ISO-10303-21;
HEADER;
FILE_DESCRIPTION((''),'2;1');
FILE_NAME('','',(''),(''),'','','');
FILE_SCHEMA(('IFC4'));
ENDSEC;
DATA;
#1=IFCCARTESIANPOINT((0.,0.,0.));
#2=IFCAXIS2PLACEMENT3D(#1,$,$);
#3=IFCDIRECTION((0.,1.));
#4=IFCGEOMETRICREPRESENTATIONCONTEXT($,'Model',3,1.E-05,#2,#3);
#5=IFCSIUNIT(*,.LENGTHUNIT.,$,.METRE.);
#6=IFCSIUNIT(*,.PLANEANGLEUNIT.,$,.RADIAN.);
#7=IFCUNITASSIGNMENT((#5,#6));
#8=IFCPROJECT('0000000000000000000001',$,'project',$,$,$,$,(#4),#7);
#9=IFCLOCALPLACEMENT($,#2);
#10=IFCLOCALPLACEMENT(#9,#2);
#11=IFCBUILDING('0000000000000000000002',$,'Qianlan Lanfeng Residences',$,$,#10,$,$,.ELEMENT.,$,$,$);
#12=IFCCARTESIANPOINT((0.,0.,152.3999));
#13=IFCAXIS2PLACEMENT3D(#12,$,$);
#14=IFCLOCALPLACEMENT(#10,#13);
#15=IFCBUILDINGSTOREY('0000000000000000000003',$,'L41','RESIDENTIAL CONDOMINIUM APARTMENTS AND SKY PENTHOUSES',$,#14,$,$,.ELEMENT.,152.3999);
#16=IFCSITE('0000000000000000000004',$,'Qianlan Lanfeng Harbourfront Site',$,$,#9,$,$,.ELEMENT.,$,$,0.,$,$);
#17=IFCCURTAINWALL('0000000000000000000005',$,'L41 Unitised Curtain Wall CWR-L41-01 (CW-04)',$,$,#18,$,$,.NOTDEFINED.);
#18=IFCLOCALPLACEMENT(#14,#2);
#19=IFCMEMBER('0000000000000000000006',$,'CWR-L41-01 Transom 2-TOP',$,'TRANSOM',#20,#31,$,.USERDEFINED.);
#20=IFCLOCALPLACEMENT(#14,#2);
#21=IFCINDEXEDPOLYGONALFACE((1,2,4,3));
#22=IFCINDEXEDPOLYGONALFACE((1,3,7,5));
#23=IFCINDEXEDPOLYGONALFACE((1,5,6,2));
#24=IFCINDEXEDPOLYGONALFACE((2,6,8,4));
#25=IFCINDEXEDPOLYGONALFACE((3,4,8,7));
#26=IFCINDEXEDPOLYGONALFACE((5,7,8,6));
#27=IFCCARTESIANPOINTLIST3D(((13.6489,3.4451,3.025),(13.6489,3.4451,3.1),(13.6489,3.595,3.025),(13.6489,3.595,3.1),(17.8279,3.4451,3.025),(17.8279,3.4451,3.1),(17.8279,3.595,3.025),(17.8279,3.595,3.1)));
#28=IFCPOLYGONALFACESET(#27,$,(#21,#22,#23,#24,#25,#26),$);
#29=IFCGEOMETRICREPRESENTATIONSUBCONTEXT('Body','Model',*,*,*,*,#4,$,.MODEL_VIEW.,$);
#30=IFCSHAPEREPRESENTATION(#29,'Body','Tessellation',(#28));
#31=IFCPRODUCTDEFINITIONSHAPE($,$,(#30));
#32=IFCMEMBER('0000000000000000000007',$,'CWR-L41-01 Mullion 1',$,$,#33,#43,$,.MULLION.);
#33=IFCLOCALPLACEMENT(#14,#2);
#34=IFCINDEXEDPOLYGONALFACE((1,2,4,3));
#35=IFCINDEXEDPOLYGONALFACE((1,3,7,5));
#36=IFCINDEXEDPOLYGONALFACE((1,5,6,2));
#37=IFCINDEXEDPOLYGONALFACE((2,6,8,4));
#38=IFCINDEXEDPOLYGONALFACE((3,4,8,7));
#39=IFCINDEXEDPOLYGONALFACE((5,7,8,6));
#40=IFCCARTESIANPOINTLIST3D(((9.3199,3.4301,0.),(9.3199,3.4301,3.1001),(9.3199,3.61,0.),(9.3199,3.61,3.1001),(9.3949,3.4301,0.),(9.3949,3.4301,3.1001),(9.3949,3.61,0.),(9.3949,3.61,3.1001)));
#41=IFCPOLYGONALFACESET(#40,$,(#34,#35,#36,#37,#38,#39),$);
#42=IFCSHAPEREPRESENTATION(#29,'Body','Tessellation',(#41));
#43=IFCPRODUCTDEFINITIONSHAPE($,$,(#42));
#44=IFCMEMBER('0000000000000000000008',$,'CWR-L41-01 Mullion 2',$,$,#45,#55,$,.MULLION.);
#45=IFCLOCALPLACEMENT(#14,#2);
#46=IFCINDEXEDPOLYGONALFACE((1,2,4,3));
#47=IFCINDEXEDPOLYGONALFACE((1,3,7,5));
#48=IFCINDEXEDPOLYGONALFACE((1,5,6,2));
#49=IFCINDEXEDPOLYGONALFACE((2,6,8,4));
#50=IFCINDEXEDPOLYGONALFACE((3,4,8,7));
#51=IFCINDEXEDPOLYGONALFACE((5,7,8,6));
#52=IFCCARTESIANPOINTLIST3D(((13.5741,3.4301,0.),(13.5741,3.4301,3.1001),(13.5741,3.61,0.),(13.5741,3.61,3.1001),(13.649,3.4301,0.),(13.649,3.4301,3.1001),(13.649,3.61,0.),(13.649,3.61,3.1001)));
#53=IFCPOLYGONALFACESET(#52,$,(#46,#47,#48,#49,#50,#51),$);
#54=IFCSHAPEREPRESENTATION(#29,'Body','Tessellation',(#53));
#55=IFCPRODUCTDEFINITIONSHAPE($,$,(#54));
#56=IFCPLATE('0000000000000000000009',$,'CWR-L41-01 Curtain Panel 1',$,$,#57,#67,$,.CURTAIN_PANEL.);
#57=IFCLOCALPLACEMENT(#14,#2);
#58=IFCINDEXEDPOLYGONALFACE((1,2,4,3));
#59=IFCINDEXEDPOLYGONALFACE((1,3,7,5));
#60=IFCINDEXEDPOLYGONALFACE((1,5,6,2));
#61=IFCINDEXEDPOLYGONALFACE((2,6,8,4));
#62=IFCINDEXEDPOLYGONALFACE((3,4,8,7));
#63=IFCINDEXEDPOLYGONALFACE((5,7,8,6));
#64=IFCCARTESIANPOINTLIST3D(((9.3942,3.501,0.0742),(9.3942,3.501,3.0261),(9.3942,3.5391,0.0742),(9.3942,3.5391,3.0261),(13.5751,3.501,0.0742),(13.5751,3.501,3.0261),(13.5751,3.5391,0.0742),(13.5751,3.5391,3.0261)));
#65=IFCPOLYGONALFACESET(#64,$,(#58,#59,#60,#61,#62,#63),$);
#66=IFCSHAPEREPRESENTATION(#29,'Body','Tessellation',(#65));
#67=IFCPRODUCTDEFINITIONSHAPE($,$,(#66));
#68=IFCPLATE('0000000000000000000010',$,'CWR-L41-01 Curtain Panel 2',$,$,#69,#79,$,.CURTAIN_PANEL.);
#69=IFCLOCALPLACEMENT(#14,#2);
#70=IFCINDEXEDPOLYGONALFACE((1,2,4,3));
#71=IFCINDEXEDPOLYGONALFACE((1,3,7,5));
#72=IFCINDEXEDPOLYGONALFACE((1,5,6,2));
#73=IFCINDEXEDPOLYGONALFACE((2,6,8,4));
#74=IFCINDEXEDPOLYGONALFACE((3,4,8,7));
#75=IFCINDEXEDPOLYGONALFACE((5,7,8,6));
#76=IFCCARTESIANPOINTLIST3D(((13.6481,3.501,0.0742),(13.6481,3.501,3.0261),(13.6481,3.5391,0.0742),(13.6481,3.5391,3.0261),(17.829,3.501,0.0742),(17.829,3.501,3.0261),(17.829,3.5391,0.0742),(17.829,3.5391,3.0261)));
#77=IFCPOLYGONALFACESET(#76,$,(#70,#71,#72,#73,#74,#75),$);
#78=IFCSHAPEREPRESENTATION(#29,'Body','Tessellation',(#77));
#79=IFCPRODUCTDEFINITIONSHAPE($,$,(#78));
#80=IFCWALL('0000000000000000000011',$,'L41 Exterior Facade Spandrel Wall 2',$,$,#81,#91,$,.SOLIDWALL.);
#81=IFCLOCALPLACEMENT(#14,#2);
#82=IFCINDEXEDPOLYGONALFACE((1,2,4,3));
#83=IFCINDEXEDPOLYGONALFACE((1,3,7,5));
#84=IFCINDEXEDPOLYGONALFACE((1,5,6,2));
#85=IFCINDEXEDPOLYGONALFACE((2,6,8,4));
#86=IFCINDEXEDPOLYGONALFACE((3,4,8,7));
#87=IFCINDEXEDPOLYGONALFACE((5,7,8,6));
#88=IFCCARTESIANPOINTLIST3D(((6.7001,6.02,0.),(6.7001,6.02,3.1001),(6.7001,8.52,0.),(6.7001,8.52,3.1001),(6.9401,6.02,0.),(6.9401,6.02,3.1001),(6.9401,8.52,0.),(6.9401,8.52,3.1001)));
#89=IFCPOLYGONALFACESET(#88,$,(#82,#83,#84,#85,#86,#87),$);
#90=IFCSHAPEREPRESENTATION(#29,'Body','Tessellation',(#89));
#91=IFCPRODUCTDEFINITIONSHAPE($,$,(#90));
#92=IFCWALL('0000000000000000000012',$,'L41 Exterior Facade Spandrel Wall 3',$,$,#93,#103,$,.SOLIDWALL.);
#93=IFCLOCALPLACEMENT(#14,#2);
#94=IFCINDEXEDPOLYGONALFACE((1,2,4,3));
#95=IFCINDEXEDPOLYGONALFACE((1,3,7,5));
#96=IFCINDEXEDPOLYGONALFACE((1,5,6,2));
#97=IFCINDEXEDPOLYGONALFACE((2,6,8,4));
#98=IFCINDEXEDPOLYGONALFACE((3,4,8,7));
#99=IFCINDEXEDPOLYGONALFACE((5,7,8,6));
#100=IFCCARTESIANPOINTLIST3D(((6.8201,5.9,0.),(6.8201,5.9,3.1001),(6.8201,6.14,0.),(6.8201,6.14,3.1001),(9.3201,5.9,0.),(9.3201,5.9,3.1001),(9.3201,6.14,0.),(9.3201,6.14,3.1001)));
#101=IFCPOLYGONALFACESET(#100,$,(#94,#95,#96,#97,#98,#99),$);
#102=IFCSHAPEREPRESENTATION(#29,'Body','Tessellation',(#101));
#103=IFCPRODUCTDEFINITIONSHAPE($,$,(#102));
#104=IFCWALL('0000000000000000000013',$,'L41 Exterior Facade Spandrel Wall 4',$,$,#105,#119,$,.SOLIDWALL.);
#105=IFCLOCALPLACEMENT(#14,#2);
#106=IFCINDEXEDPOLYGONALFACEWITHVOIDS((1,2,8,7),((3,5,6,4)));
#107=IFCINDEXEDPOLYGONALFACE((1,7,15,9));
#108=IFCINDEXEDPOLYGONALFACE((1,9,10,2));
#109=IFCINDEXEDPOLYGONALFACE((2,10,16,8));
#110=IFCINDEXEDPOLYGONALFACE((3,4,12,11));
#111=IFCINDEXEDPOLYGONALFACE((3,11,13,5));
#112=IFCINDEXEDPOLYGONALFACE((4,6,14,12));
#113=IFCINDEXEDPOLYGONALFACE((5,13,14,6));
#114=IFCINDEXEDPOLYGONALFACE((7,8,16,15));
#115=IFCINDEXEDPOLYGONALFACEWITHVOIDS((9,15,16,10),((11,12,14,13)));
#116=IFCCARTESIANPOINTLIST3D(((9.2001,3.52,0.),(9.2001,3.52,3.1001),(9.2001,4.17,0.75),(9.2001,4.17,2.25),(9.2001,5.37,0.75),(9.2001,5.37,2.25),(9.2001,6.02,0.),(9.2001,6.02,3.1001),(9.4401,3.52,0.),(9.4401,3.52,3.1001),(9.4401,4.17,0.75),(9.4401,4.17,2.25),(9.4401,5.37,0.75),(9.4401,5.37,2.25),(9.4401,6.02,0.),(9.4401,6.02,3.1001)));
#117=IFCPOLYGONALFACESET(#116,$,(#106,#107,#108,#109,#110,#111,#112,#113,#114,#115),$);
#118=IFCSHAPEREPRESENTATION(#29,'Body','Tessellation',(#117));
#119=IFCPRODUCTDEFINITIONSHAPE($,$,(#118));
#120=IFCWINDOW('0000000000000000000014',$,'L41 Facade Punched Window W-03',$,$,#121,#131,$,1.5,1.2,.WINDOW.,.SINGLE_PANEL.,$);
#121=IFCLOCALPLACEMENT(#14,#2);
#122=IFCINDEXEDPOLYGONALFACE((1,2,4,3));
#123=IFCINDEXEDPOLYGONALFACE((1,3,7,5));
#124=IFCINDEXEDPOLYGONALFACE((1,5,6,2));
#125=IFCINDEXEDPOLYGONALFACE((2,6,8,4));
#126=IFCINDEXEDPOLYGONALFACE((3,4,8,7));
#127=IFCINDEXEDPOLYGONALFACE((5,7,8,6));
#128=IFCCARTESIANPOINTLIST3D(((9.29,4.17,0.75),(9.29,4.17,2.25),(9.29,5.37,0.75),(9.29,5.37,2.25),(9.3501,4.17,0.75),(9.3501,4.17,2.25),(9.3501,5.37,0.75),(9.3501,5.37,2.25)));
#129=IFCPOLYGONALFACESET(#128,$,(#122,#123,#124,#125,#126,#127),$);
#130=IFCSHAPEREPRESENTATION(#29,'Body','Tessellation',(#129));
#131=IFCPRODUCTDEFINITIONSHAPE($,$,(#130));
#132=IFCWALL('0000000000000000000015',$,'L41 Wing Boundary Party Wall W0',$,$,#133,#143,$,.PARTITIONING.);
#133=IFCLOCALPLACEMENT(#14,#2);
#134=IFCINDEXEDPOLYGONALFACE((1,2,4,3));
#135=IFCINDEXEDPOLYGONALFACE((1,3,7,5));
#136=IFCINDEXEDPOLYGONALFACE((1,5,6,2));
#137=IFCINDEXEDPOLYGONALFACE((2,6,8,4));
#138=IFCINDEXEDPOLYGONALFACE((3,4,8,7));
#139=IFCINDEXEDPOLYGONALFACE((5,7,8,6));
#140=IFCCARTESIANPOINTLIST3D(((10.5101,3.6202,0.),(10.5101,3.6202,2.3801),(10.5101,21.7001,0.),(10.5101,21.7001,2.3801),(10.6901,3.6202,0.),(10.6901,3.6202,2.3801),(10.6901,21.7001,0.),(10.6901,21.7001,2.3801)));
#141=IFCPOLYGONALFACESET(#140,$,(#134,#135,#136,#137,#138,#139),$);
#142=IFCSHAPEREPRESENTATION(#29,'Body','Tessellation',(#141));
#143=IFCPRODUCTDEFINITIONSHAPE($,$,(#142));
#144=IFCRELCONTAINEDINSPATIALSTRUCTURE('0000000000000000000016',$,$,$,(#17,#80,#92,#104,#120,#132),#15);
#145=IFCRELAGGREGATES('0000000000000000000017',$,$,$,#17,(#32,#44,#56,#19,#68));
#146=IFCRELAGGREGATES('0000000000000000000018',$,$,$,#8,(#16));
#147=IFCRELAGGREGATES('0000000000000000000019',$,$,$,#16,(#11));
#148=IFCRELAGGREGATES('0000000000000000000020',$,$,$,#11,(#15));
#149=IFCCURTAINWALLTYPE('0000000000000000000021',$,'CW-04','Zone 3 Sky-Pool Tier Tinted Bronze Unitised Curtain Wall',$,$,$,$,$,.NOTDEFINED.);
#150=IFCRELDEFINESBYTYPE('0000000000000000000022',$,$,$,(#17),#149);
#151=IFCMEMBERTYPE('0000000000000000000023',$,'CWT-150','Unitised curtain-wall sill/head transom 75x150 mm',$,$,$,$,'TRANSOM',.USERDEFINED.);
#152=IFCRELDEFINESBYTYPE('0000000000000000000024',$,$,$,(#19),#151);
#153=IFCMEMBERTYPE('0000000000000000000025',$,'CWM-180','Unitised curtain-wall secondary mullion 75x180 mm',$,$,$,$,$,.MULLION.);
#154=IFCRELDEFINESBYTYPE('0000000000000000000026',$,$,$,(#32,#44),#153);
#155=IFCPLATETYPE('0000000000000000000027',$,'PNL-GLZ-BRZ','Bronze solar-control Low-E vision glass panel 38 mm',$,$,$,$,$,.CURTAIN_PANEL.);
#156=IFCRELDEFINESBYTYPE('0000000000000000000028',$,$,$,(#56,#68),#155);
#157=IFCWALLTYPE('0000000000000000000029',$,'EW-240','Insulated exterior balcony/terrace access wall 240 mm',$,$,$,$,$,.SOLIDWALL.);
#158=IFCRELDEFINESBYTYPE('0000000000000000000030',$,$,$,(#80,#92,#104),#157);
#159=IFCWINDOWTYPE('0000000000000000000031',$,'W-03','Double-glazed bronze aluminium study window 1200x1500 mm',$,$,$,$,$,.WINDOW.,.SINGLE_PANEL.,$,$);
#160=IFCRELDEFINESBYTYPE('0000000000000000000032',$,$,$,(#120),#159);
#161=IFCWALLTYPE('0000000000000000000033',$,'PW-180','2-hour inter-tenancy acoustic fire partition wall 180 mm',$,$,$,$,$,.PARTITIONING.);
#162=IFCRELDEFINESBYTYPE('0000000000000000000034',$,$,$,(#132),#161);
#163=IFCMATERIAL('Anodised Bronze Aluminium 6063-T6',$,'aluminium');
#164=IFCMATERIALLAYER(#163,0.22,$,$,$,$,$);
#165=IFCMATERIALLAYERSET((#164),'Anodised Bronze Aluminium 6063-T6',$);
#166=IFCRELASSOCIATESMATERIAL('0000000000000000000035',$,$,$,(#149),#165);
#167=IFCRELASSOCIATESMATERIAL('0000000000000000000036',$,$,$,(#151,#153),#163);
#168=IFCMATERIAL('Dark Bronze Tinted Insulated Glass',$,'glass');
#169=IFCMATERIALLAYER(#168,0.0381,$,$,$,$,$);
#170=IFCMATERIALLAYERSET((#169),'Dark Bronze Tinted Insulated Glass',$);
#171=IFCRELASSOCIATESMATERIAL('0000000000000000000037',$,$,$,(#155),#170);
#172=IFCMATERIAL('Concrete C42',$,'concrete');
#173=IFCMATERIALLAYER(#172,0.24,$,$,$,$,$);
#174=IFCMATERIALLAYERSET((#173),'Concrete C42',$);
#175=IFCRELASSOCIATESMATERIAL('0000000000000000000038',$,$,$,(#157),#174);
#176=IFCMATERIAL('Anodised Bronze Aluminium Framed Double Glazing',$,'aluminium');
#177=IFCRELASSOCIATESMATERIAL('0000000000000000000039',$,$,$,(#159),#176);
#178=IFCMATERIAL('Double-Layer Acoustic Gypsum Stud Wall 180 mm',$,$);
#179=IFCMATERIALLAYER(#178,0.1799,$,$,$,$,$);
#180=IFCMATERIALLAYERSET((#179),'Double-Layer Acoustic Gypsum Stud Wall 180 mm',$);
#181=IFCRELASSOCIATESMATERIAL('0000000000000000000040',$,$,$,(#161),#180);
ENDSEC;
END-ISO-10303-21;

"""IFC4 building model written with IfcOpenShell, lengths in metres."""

from ifc_helpers import new_model, si_unit, direction, frame, frame_2d, origin, origin_2d, place, context, subcontext, project, spatial, rectangle, extrude, source, transform, mapped, material, layer, layer_set, material_profile, profile_set, type_object, element, fill, aggregate, save


model = new_model("IFC4")

# Units and contexts
model_context = context("Model", 3, precision=1e-05, world=origin(), true_north=direction((0.0, 1.0)))
body_context = subcontext(model_context, "Body", "Model", "MODEL_VIEW")
ifc_project = project(units=[si_unit("LENGTHUNIT", "METRE"), si_unit("PLANEANGLEUNIT", "RADIAN")], contexts=[model_context])

# Site, building, storey
site_placement = place(None, origin())
site = spatial("IfcSite", under=ifc_project, at=site_placement, Name="Qianlan Lanfeng Harbourfront Site", CompositionType="ELEMENT", RefElevation=0.0)
building_placement = place(site_placement, origin())
building = spatial("IfcBuilding", under=site, at=building_placement, Name="Qianlan Lanfeng Residences", CompositionType="ELEMENT")
storey_placement = place(building_placement, frame((0.0, 0.0, 152.3999)))
storey = spatial("IfcBuildingStorey", under=building, at=storey_placement, Name="L41", Description="RESIDENTIAL CONDOMINIUM APARTMENTS AND SKY PENTHOUSES", CompositionType="ELEMENT", Elevation=152.3999)

# Curtain wall, members, plates
ifc_material_1 = material(Name="Anodised Bronze Aluminium 6063-T6", Category="aluminium")
ifc_layer_1 = layer(ifc_material_1, 0.22)
ifc_layer_set_1 = layer_set([ifc_layer_1], Name="Anodised Bronze Aluminium 6063-T6")
curtain_wall_type = type_object("IfcCurtainWallType", Name="CW-04", Description="Zone 3 Sky-Pool Tier Tinted Bronze Unitised Curtain Wall", PredefinedType="NOTDEFINED", material=ifc_layer_set_1)
curtain_wall_placement = place(storey_placement, origin())
curtain_wall = element("IfcCurtainWall", 1, at=curtain_wall_placement, inside=storey, type_object=curtain_wall_type, Name="L41 Unitised Curtain Wall CWR-L41-01 (CW-04)", PredefinedType="NOTDEFINED")
ifc_material_profile_1 = material_profile(ifc_material_1, rectangle(XDim=0.075, YDim=0.1499, at=origin_2d()), Name="ALU TRANSOM 75x150")
ifc_profile_set_1 = profile_set([ifc_material_profile_1], Name="Anodised Bronze Aluminium 6063-T6")
member_type_1 = type_object("IfcMemberType", Name="CWT-150", Description="Unitised curtain-wall sill/head transom 75x150 mm", ElementType="TRANSOM", PredefinedType="USERDEFINED", material=ifc_profile_set_1)
shared_shape_1 = source(origin(), body_context, "Body", "SweptSolid", [
    extrude(rectangle(XDim=0.075, YDim=0.1499, at=origin_2d()), origin(), (0.0, 0.0, 1.0), 4.179),
])
member_1_placement = place(storey_placement, frame((13.6489, 3.52, 3.0625), z_axis=(1.0, 0.0, 0.0), x_axis=(0.0, 0.0, 1.0)))
member_1 = element("IfcMember", 2, at=member_1_placement, type_object=member_type_1, Name="CWR-L41-01 Transom 2-TOP", ObjectType="TRANSOM", PredefinedType="USERDEFINED", context=body_context, shape_type="MappedRepresentation", body=[
    mapped(shared_shape_1, transform((0.0, 0.0, 0.0), scale=1.0)),
])
ifc_material_profile_2 = material_profile(ifc_material_1, rectangle(XDim=0.075, YDim=0.1799, at=origin_2d()), Name="ALU MULLION 75x180")
ifc_profile_set_2 = profile_set([ifc_material_profile_2], Name="Anodised Bronze Aluminium 6063-T6")
member_type_2 = type_object("IfcMemberType", Name="CWM-180", Description="Unitised curtain-wall secondary mullion 75x180 mm", PredefinedType="MULLION", material=ifc_profile_set_2)
shared_shape_2 = source(origin(), body_context, "Body", "SweptSolid", [
    extrude(rectangle(XDim=0.075, YDim=0.1799, at=origin_2d()), origin(), (0.0, 0.0, 1.0), 3.1001),
])
member_2_placement = place(storey_placement, frame((9.3574, 3.52, 0.0), z_axis=(0.0, 0.0, 1.0), x_axis=(1.0, 0.0, 0.0)))
member_2 = element("IfcMember", 3, at=member_2_placement, type_object=member_type_2, Name="CWR-L41-01 Mullion 1", PredefinedType="MULLION", context=body_context, shape_type="MappedRepresentation", body=[
    mapped(shared_shape_2, transform((0.0, 0.0, 0.0), scale=1.0)),
])
member_3_placement = place(storey_placement, frame((13.6116, 3.52, 0.0), z_axis=(0.0, 0.0, 1.0), x_axis=(1.0, 0.0, 0.0)))
member_3 = element("IfcMember", 4, at=member_3_placement, type_object=member_type_2, Name="CWR-L41-01 Mullion 2", PredefinedType="MULLION", context=body_context, shape_type="MappedRepresentation", body=[
    mapped(shared_shape_2, transform((0.0, 0.0, 0.0), scale=1.0)),
])
ifc_material_2 = material(Name="Dark Bronze Tinted Insulated Glass", Category="glass")
ifc_layer_2 = layer(ifc_material_2, 0.0381)
ifc_layer_set_2 = layer_set([ifc_layer_2], Name="Dark Bronze Tinted Insulated Glass")
plate_type = type_object("IfcPlateType", Name="PNL-GLZ-BRZ", Description="Bronze solar-control Low-E vision glass panel 38 mm", PredefinedType="CURTAIN_PANEL", material=ifc_layer_set_2)
shared_shape_3 = source(origin(), body_context, "Body", "SweptSolid", [
    extrude(rectangle(XDim=4.1809, YDim=0.0381, at=origin_2d()), origin(), (0.0, 0.0, 1.0), 2.9519),
])
plate_1_placement = place(storey_placement, frame((11.4846, 3.52, 0.0742), z_axis=(0.0, 0.0, 1.0), x_axis=(1.0, 0.0, 0.0)))
plate_1 = element("IfcPlate", 5, at=plate_1_placement, type_object=plate_type, Name="CWR-L41-01 Curtain Panel 1", PredefinedType="CURTAIN_PANEL", context=body_context, shape_type="MappedRepresentation", body=[
    mapped(shared_shape_3, transform((0.0, 0.0, 0.0), scale=1.0)),
])
plate_2_placement = place(storey_placement, frame((15.7385, 3.52, 0.0742), z_axis=(0.0, 0.0, 1.0), x_axis=(1.0, 0.0, 0.0)))
plate_2 = element("IfcPlate", 6, at=plate_2_placement, type_object=plate_type, Name="CWR-L41-01 Curtain Panel 2", PredefinedType="CURTAIN_PANEL", context=body_context, shape_type="MappedRepresentation", body=[
    mapped(shared_shape_3, transform((0.0, 0.0, 0.0), scale=1.0)),
])
aggregate(curtain_wall, [member_2, member_3, plate_1, member_1, plate_2])

# Walls
ifc_material_3 = material(Name="Concrete C42", Category="concrete")
ifc_layer_3 = layer(ifc_material_3, 0.24)
ifc_layer_set_3 = layer_set([ifc_layer_3], Name="Concrete C42")
wall_type_1 = type_object("IfcWallType", Name="EW-240", Description="Insulated exterior balcony/terrace access wall 240 mm", PredefinedType="SOLIDWALL", material=ifc_layer_set_3)
for number, where, z_axis, x_axis, name in (
    (7, (6.8201, 8.52, 0.0), (0.0, 0.0, 1.0), (0.0, -1.0, 0.0), "L41 Exterior Facade Spandrel Wall 2"),
    (8, (6.8201, 6.02, 0.0), (0.0, 0.0, 1.0), (1.0, 0.0, 0.0), "L41 Exterior Facade Spandrel Wall 3"),
):
    element("IfcWall", number, at=place(storey_placement, frame(where, z_axis=z_axis, x_axis=x_axis)), inside=storey, type_object=wall_type_1, Name=name, PredefinedType="SOLIDWALL", context=body_context, shape_type="SweptSolid", body=[
        extrude(rectangle(XDim=2.5, YDim=0.24, at=frame_2d((1.25, 0.0))), origin(), (0.0, 0.0, 1.0), 3.1001),
    ])

# Wall, opening, window
wall_1_placement = place(storey_placement, frame((9.3201, 6.02, 0.0), z_axis=(0.0, 0.0, 1.0), x_axis=(0.0, -1.0, 0.0)))
wall_1 = element("IfcWall", 9, at=wall_1_placement, inside=storey, type_object=wall_type_1, Name="L41 Exterior Facade Spandrel Wall 4", PredefinedType="SOLIDWALL", context=body_context, shape_type="SweptSolid", body=[
    extrude(rectangle(XDim=2.5, YDim=0.24, at=frame_2d((1.25, 0.0))), origin(), (0.0, 0.0, 1.0), 3.1001),
])
opening_placement = place(wall_1_placement, frame((0.6499, 0.0, 0.75)))
opening = element("IfcOpeningElement", 10, at=opening_placement, cuts=wall_1, PredefinedType="OPENING", context=body_context, shape_type="SweptSolid", body=[
    extrude(rectangle(XDim=1.2, YDim=1.5, at=frame_2d((0.6001, 0.75))), frame((0.0, 0.1299, 0.0), z_axis=(0.0, -1.0, 0.0), x_axis=(1.0, 0.0, 0.0)), (0.0, 0.0, 1.0), 0.26),
])
ifc_material_4 = material(Name="Anodised Bronze Aluminium Framed Double Glazing", Category="aluminium")
window_type = type_object("IfcWindowType", Name="W-03", Description="Double-glazed bronze aluminium study window 1200x1500 mm", PartitioningType="SINGLE_PANEL", PredefinedType="WINDOW", material=ifc_material_4)
window_placement = place(opening_placement, origin())
window = element("IfcWindow", 11, at=window_placement, inside=storey, type_object=window_type, Name="L41 Facade Punched Window W-03", OverallHeight=1.5, OverallWidth=1.2, PartitioningType="SINGLE_PANEL", PredefinedType="WINDOW", context=body_context, shape_type="SweptSolid", body=[
    extrude(rectangle(XDim=1.2, YDim=1.5, at=frame_2d((0.6001, 0.75))), frame((0.0, 0.03, 0.0), z_axis=(0.0, -1.0, 0.0), x_axis=(1.0, 0.0, 0.0)), (0.0, 0.0, 1.0), 0.0601),
])
fill(opening, window)

# Wall
ifc_material_5 = material(Name="Double-Layer Acoustic Gypsum Stud Wall 180 mm")
ifc_layer_4 = layer(ifc_material_5, 0.1799)
ifc_layer_set_4 = layer_set([ifc_layer_4], Name="Double-Layer Acoustic Gypsum Stud Wall 180 mm")
wall_type_2 = type_object("IfcWallType", Name="PW-180", Description="2-hour inter-tenancy acoustic fire partition wall 180 mm", PredefinedType="PARTITIONING", material=ifc_layer_set_4)
wall_2_placement = place(storey_placement, frame((10.6001, 3.6201, 0.0), z_axis=(0.0, 0.0, 1.0), x_axis=(0.0, 1.0, 0.0)))
element("IfcWall", 12, at=wall_2_placement, inside=storey, type_object=wall_type_2, Name="L41 Wing Boundary Party Wall W0", PredefinedType="PARTITIONING", context=body_context, shape_type="SweptSolid", body=[
    extrude(rectangle(XDim=18.0798, YDim=0.1799, at=frame_2d((9.04, 0.0))), origin(), (0.0, 0.0, 1.0), 2.3801),
])

save(model, "model.ifc")
